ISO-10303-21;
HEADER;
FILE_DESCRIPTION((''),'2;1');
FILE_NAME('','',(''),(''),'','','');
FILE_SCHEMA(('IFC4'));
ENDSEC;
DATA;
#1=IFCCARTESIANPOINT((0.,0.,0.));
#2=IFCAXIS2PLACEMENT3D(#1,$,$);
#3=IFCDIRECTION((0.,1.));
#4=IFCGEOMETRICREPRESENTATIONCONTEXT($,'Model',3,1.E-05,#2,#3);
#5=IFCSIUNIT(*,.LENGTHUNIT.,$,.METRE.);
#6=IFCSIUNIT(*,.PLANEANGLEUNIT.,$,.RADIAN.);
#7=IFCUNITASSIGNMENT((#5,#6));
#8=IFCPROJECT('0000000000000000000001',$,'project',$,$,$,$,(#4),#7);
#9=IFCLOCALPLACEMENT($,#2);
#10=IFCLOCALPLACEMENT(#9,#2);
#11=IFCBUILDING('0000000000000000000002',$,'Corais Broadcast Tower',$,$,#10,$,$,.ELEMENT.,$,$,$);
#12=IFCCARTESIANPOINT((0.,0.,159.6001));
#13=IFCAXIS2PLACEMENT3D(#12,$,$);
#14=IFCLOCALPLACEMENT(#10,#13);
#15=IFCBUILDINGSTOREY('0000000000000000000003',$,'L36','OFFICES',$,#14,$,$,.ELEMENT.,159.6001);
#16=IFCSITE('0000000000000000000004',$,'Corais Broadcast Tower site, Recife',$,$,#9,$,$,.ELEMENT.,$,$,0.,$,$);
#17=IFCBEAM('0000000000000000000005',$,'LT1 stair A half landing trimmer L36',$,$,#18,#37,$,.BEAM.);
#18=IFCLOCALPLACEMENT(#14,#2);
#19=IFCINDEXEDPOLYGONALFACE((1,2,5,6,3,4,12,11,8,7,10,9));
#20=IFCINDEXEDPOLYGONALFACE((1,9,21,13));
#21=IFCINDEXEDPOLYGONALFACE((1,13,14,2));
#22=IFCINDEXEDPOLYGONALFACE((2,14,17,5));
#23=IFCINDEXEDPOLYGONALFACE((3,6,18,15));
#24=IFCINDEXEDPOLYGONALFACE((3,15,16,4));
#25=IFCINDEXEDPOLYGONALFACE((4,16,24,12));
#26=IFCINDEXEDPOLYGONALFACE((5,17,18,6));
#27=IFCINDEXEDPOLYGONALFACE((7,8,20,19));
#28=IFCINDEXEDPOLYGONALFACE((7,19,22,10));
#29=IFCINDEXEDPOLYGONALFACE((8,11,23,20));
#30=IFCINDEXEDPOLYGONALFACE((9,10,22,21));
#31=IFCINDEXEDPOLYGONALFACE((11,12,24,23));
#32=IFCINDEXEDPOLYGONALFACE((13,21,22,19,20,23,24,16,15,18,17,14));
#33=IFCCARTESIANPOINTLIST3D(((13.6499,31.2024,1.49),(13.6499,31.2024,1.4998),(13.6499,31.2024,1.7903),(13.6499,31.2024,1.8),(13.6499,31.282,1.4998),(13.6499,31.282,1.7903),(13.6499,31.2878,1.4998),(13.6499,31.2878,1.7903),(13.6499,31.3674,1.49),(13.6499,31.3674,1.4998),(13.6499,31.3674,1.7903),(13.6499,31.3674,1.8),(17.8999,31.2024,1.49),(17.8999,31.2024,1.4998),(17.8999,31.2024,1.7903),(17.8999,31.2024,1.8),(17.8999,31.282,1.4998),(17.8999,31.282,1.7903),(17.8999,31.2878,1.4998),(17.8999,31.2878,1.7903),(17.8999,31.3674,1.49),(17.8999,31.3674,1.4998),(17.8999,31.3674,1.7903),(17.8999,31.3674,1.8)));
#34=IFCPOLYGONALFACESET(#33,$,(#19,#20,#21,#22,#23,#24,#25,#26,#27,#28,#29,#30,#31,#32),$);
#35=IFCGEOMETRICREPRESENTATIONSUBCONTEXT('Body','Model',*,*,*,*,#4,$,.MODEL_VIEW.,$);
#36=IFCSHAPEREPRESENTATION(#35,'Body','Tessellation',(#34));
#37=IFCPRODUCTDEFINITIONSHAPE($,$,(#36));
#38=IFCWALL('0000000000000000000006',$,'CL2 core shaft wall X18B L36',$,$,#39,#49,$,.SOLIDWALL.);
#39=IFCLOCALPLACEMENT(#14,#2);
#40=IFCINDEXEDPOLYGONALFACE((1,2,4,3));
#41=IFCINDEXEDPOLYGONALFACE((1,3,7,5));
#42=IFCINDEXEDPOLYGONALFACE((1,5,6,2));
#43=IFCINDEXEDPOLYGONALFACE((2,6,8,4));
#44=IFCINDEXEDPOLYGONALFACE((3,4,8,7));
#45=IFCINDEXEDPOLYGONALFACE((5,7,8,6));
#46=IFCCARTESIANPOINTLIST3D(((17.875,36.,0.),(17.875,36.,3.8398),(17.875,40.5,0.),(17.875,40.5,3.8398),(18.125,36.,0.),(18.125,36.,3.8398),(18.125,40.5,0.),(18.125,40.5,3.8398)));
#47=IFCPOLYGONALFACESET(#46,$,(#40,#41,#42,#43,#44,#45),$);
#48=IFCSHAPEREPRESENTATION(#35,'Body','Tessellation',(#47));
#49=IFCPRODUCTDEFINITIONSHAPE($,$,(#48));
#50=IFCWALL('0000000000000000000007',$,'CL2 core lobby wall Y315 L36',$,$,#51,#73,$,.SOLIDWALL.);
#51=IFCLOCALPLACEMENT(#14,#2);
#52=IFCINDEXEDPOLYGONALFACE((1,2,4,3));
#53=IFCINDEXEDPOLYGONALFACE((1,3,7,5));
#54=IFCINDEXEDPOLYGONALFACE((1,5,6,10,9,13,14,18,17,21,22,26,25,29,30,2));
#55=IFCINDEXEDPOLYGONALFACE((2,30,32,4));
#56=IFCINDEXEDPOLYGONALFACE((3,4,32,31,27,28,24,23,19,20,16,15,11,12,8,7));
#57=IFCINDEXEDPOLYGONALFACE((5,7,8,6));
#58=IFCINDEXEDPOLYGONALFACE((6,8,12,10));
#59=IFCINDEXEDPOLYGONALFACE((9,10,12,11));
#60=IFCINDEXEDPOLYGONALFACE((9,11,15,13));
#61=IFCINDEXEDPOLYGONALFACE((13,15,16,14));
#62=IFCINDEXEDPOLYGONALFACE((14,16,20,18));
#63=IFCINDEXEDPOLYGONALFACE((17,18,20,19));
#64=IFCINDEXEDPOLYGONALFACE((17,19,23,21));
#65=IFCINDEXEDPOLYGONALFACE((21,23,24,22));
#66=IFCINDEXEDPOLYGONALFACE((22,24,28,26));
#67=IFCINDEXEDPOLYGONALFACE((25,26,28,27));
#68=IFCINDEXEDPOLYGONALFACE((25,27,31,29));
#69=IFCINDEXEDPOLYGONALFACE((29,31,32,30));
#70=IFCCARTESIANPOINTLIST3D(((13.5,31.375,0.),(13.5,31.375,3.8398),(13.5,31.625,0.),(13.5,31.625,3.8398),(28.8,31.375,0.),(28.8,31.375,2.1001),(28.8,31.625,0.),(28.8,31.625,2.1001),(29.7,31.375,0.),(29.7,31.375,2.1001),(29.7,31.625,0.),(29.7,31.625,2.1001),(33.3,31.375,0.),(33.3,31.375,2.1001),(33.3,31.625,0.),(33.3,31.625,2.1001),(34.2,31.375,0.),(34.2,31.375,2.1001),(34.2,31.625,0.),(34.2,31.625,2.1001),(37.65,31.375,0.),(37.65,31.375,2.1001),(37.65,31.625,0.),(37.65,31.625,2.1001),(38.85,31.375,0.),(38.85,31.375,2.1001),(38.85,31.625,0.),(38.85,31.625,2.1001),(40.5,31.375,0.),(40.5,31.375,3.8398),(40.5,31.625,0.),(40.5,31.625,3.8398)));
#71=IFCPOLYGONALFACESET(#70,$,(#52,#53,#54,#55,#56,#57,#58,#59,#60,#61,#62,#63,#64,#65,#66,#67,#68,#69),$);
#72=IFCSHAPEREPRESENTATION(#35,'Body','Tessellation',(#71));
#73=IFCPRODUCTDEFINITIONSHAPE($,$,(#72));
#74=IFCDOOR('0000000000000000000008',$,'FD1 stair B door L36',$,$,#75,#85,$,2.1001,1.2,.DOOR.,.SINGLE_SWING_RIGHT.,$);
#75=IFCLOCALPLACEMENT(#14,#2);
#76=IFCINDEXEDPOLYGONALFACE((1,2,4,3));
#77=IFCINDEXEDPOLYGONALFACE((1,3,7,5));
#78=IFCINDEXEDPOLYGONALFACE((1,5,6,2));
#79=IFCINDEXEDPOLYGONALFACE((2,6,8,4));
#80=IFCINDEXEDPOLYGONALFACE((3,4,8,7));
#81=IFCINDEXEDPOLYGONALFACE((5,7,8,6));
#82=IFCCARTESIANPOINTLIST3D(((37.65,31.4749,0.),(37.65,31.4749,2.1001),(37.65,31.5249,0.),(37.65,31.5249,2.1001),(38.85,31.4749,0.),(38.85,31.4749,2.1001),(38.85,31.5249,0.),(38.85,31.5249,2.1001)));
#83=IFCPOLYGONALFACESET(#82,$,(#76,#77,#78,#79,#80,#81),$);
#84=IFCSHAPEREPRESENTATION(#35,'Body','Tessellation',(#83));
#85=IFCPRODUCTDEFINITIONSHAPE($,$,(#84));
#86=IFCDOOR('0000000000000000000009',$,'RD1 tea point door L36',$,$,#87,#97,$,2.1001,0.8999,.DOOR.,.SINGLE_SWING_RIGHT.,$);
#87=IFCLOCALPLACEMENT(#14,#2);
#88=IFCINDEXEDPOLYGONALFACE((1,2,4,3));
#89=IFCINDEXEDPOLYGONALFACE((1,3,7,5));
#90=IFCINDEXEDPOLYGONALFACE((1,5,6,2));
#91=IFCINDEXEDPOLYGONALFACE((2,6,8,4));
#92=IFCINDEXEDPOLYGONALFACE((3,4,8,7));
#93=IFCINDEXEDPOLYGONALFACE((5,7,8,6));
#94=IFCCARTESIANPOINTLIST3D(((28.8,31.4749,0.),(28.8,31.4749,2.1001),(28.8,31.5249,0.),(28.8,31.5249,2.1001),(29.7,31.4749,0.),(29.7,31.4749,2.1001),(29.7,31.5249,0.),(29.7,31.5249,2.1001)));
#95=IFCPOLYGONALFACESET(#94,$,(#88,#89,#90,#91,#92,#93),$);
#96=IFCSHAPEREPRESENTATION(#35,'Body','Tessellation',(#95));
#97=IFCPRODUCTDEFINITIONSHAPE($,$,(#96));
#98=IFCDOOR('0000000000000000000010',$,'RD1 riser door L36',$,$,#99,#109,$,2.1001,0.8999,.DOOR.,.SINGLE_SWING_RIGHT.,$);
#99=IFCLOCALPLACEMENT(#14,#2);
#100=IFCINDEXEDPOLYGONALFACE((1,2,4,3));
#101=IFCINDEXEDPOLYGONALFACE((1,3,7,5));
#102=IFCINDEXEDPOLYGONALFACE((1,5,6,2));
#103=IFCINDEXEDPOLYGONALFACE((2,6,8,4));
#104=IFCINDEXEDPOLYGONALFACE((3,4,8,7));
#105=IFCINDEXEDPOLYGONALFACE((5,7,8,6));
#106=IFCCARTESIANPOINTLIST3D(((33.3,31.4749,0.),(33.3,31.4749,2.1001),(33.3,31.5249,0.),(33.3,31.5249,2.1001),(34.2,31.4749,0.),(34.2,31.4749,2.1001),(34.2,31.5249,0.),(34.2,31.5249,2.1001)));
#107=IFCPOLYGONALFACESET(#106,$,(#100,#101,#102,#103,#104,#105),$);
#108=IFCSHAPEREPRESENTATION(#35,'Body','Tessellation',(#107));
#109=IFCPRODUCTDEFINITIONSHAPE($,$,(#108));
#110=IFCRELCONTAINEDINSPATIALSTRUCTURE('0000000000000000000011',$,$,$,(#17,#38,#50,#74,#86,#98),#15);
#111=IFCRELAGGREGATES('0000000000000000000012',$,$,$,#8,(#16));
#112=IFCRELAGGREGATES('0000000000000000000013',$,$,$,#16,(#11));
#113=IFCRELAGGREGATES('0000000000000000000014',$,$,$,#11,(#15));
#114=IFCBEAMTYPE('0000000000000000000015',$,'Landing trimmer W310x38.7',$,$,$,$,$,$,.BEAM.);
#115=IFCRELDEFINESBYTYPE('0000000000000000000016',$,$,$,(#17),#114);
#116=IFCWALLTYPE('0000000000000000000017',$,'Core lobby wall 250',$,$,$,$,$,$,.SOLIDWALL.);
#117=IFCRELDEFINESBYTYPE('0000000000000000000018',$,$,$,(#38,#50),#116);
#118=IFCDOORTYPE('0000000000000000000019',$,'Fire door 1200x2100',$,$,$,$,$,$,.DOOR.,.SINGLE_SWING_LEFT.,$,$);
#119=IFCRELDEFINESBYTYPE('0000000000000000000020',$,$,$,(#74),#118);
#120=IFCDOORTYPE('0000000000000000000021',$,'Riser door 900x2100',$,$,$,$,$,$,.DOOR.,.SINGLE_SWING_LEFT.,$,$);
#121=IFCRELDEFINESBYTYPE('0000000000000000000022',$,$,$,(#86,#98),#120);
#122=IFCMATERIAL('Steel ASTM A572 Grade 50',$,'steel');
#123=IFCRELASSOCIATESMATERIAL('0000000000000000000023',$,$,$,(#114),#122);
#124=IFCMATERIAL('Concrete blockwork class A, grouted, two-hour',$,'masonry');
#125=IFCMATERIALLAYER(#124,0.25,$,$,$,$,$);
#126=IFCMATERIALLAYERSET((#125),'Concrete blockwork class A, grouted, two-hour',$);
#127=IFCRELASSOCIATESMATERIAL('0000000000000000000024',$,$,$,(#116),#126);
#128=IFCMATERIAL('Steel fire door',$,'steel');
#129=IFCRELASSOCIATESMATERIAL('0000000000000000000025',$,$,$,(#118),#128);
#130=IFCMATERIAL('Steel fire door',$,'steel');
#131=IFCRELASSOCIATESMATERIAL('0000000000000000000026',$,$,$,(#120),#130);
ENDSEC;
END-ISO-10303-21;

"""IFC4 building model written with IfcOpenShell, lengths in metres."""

from ifc_helpers import new_model, si_unit, direction, frame, frame_2d, origin, origin_2d, place, context, subcontext, project, spatial, rectangle, i_section, extrude, material, layer, layer_set, material_profile, profile_set, type_object, element, fill, save


model = new_model("IFC4")

# Units and contexts
model_context = context("Model", 3, precision=1e-05, world=origin(), true_north=direction((0.0, 1.0)))
body_context = subcontext(model_context, "Body", "Model", "MODEL_VIEW")
ifc_project = project(units=[si_unit("LENGTHUNIT", "METRE"), si_unit("PLANEANGLEUNIT", "RADIAN")], contexts=[model_context])

# Site, building, storey
site_placement = place(None, origin())
site = spatial("IfcSite", under=ifc_project, at=site_placement, Name="Corais Broadcast Tower site, Recife", CompositionType="ELEMENT", RefElevation=0.0)
building_placement = place(site_placement, origin())
building = spatial("IfcBuilding", under=site, at=building_placement, Name="Corais Broadcast Tower", CompositionType="ELEMENT")
storey_placement = place(building_placement, frame((0.0, 0.0, 159.6001)))
storey = spatial("IfcBuildingStorey", under=building, at=storey_placement, Name="L36", Description="OFFICES", CompositionType="ELEMENT", Elevation=159.6001)

# Beam
ifc_material_1 = material(Name="Steel ASTM A572 Grade 50", Category="steel")
ifc_material_profile = material_profile(ifc_material_1, i_section(OverallWidth=0.165, OverallDepth=0.3101, WebThickness=0.0059, FlangeThickness=0.0098, at=origin_2d()), Name="W310x38.7")
ifc_profile_set = profile_set([ifc_material_profile], Name="Steel ASTM A572 Grade 50")
beam_type = type_object("IfcBeamType", Name="Landing trimmer W310x38.7", PredefinedType="BEAM", material=ifc_profile_set)
beam_placement = place(storey_placement, frame((13.6499, 31.2849, 1.645), z_axis=(1.0, 0.0, 0.0), x_axis=(0.0, 1.0, 0.0)))
element("IfcBeam", 1, at=beam_placement, inside=storey, type_object=beam_type, Name="LT1 stair A half landing trimmer L36", PredefinedType="BEAM", context=body_context, shape_type="SweptSolid", body=[
    extrude(i_section(OverallWidth=0.165, OverallDepth=0.3101, WebThickness=0.0059, FlangeThickness=0.0098, at=origin_2d()), origin(), (0.0, 0.0, 1.0), 4.25),
])

# Wall
ifc_material_2 = material(Name="Concrete blockwork class A, grouted, two-hour", Category="masonry")
ifc_layer_1 = layer(ifc_material_2, 0.25)
ifc_layer_set_1 = layer_set([ifc_layer_1], Name="Concrete blockwork class A, grouted, two-hour")
wall_type_1 = type_object("IfcWallType", Name="Core lobby wall 250", PredefinedType="SOLIDWALL", material=ifc_layer_set_1)
wall_1_placement = place(storey_placement, frame((18.0, 36.0, 0.0), z_axis=(0.0, 0.0, 1.0), x_axis=(0.0, 1.0, 0.0)))
element("IfcWall", 2, at=wall_1_placement, inside=storey, type_object=wall_type_1, Name="CL2 core shaft wall X18B L36", PredefinedType="SOLIDWALL", context=body_context, shape_type="SweptSolid", body=[
    extrude(rectangle(XDim=4.5, YDim=0.25, at=frame_2d((2.25, 0.0))), origin(), (0.0, 0.0, 1.0), 3.8398),
])

# Wall, openings, doors
wall_2_placement = place(storey_placement, frame((13.5, 31.5, 0.0), z_axis=(0.0, 0.0, 1.0), x_axis=(1.0, 0.0, 0.0)))
wall_2 = element("IfcWall", 3, at=wall_2_placement, inside=storey, type_object=wall_type_1, Name="CL2 core lobby wall Y315 L36", PredefinedType="SOLIDWALL", context=body_context, shape_type="SweptSolid", body=[
    extrude(rectangle(XDim=27.0, YDim=0.25, at=frame_2d((13.5, 0.0))), origin(), (0.0, 0.0, 1.0), 3.8398),
])
opening_1_placement = place(wall_2_placement, frame((24.1499, 0.0, 0.0)))
opening_1 = element("IfcOpeningElement", 4, at=opening_1_placement, cuts=wall_2, PredefinedType="OPENING", context=body_context, shape_type="SweptSolid", body=[
    extrude(rectangle(XDim=1.2, YDim=2.1001, at=frame_2d((0.6001, 1.05))), frame((0.0, 0.135, 0.0), z_axis=(0.0, -1.0, 0.0), x_axis=(1.0, 0.0, 0.0)), (0.0, 0.0, 1.0), 0.27),
])
opening_2_placement = place(wall_2_placement, frame((15.3, 0.0, 0.0)))
opening_2 = element("IfcOpeningElement", 5, at=opening_2_placement, cuts=wall_2, PredefinedType="OPENING", context=body_context, shape_type="SweptSolid", body=[
    extrude(rectangle(XDim=0.8999, YDim=2.1001, at=frame_2d((0.45, 1.05))), frame((0.0, 0.135, 0.0), z_axis=(0.0, -1.0, 0.0), x_axis=(1.0, 0.0, 0.0)), (0.0, 0.0, 1.0), 0.27),
])
opening_3_placement = place(wall_2_placement, frame((19.8, 0.0, 0.0)))
opening_3 = element("IfcOpeningElement", 6, at=opening_3_placement, cuts=wall_2, PredefinedType="OPENING", context=body_context, shape_type="SweptSolid", body=[
    extrude(rectangle(XDim=0.8999, YDim=2.1001, at=frame_2d((0.45, 1.05))), frame((0.0, 0.135, 0.0), z_axis=(0.0, -1.0, 0.0), x_axis=(1.0, 0.0, 0.0)), (0.0, 0.0, 1.0), 0.27),
])
ifc_material_3 = material(Name="Steel fire door", Category="steel")
door_type_1 = type_object("IfcDoorType", Name="Fire door 1200x2100", OperationType="SINGLE_SWING_LEFT", PredefinedType="DOOR", material=ifc_material_3)
door_1_placement = place(opening_1_placement, origin())
door_1 = element("IfcDoor", 7, at=door_1_placement, inside=storey, type_object=door_type_1, Name="FD1 stair B door L36", OperationType="SINGLE_SWING_RIGHT", OverallHeight=2.1001, OverallWidth=1.2, PredefinedType="DOOR", context=body_context, shape_type="SweptSolid", body=[
    extrude(rectangle(XDim=1.2, YDim=2.1001, at=frame_2d((0.6001, 1.05))), frame((0.0, 0.0249, 0.0), z_axis=(0.0, -1.0, 0.0), x_axis=(1.0, 0.0, 0.0)), (0.0, 0.0, 1.0), 0.05),
])
fill(opening_1, door_1)
ifc_material_4 = material(Name="Steel fire door", Category="steel")
door_type_2 = type_object("IfcDoorType", Name="Riser door 900x2100", OperationType="SINGLE_SWING_LEFT", PredefinedType="DOOR", material=ifc_material_4)
door_2_placement = place(opening_2_placement, origin())
door_2 = element("IfcDoor", 8, at=door_2_placement, inside=storey, type_object=door_type_2, Name="RD1 tea point door L36", OperationType="SINGLE_SWING_RIGHT", OverallHeight=2.1001, OverallWidth=0.8999, PredefinedType="DOOR", context=body_context, shape_type="SweptSolid", body=[
    extrude(rectangle(XDim=0.8999, YDim=2.1001, at=frame_2d((0.45, 1.05))), frame((0.0, 0.0249, 0.0), z_axis=(0.0, -1.0, 0.0), x_axis=(1.0, 0.0, 0.0)), (0.0, 0.0, 1.0), 0.05),
])
fill(opening_2, door_2)
door_3_placement = place(opening_3_placement, origin())
door_3 = element("IfcDoor", 9, at=door_3_placement, inside=storey, type_object=door_type_2, Name="RD1 riser door L36", OperationType="SINGLE_SWING_RIGHT", OverallHeight=2.1001, OverallWidth=0.8999, PredefinedType="DOOR", context=body_context, shape_type="SweptSolid", body=[
    extrude(rectangle(XDim=0.8999, YDim=2.1001, at=frame_2d((0.45, 1.05))), frame((0.0, 0.0249, 0.0), z_axis=(0.0, -1.0, 0.0), x_axis=(1.0, 0.0, 0.0)), (0.0, 0.0, 1.0), 0.05),
])
fill(opening_3, door_3)

save(model, "model.ifc")
